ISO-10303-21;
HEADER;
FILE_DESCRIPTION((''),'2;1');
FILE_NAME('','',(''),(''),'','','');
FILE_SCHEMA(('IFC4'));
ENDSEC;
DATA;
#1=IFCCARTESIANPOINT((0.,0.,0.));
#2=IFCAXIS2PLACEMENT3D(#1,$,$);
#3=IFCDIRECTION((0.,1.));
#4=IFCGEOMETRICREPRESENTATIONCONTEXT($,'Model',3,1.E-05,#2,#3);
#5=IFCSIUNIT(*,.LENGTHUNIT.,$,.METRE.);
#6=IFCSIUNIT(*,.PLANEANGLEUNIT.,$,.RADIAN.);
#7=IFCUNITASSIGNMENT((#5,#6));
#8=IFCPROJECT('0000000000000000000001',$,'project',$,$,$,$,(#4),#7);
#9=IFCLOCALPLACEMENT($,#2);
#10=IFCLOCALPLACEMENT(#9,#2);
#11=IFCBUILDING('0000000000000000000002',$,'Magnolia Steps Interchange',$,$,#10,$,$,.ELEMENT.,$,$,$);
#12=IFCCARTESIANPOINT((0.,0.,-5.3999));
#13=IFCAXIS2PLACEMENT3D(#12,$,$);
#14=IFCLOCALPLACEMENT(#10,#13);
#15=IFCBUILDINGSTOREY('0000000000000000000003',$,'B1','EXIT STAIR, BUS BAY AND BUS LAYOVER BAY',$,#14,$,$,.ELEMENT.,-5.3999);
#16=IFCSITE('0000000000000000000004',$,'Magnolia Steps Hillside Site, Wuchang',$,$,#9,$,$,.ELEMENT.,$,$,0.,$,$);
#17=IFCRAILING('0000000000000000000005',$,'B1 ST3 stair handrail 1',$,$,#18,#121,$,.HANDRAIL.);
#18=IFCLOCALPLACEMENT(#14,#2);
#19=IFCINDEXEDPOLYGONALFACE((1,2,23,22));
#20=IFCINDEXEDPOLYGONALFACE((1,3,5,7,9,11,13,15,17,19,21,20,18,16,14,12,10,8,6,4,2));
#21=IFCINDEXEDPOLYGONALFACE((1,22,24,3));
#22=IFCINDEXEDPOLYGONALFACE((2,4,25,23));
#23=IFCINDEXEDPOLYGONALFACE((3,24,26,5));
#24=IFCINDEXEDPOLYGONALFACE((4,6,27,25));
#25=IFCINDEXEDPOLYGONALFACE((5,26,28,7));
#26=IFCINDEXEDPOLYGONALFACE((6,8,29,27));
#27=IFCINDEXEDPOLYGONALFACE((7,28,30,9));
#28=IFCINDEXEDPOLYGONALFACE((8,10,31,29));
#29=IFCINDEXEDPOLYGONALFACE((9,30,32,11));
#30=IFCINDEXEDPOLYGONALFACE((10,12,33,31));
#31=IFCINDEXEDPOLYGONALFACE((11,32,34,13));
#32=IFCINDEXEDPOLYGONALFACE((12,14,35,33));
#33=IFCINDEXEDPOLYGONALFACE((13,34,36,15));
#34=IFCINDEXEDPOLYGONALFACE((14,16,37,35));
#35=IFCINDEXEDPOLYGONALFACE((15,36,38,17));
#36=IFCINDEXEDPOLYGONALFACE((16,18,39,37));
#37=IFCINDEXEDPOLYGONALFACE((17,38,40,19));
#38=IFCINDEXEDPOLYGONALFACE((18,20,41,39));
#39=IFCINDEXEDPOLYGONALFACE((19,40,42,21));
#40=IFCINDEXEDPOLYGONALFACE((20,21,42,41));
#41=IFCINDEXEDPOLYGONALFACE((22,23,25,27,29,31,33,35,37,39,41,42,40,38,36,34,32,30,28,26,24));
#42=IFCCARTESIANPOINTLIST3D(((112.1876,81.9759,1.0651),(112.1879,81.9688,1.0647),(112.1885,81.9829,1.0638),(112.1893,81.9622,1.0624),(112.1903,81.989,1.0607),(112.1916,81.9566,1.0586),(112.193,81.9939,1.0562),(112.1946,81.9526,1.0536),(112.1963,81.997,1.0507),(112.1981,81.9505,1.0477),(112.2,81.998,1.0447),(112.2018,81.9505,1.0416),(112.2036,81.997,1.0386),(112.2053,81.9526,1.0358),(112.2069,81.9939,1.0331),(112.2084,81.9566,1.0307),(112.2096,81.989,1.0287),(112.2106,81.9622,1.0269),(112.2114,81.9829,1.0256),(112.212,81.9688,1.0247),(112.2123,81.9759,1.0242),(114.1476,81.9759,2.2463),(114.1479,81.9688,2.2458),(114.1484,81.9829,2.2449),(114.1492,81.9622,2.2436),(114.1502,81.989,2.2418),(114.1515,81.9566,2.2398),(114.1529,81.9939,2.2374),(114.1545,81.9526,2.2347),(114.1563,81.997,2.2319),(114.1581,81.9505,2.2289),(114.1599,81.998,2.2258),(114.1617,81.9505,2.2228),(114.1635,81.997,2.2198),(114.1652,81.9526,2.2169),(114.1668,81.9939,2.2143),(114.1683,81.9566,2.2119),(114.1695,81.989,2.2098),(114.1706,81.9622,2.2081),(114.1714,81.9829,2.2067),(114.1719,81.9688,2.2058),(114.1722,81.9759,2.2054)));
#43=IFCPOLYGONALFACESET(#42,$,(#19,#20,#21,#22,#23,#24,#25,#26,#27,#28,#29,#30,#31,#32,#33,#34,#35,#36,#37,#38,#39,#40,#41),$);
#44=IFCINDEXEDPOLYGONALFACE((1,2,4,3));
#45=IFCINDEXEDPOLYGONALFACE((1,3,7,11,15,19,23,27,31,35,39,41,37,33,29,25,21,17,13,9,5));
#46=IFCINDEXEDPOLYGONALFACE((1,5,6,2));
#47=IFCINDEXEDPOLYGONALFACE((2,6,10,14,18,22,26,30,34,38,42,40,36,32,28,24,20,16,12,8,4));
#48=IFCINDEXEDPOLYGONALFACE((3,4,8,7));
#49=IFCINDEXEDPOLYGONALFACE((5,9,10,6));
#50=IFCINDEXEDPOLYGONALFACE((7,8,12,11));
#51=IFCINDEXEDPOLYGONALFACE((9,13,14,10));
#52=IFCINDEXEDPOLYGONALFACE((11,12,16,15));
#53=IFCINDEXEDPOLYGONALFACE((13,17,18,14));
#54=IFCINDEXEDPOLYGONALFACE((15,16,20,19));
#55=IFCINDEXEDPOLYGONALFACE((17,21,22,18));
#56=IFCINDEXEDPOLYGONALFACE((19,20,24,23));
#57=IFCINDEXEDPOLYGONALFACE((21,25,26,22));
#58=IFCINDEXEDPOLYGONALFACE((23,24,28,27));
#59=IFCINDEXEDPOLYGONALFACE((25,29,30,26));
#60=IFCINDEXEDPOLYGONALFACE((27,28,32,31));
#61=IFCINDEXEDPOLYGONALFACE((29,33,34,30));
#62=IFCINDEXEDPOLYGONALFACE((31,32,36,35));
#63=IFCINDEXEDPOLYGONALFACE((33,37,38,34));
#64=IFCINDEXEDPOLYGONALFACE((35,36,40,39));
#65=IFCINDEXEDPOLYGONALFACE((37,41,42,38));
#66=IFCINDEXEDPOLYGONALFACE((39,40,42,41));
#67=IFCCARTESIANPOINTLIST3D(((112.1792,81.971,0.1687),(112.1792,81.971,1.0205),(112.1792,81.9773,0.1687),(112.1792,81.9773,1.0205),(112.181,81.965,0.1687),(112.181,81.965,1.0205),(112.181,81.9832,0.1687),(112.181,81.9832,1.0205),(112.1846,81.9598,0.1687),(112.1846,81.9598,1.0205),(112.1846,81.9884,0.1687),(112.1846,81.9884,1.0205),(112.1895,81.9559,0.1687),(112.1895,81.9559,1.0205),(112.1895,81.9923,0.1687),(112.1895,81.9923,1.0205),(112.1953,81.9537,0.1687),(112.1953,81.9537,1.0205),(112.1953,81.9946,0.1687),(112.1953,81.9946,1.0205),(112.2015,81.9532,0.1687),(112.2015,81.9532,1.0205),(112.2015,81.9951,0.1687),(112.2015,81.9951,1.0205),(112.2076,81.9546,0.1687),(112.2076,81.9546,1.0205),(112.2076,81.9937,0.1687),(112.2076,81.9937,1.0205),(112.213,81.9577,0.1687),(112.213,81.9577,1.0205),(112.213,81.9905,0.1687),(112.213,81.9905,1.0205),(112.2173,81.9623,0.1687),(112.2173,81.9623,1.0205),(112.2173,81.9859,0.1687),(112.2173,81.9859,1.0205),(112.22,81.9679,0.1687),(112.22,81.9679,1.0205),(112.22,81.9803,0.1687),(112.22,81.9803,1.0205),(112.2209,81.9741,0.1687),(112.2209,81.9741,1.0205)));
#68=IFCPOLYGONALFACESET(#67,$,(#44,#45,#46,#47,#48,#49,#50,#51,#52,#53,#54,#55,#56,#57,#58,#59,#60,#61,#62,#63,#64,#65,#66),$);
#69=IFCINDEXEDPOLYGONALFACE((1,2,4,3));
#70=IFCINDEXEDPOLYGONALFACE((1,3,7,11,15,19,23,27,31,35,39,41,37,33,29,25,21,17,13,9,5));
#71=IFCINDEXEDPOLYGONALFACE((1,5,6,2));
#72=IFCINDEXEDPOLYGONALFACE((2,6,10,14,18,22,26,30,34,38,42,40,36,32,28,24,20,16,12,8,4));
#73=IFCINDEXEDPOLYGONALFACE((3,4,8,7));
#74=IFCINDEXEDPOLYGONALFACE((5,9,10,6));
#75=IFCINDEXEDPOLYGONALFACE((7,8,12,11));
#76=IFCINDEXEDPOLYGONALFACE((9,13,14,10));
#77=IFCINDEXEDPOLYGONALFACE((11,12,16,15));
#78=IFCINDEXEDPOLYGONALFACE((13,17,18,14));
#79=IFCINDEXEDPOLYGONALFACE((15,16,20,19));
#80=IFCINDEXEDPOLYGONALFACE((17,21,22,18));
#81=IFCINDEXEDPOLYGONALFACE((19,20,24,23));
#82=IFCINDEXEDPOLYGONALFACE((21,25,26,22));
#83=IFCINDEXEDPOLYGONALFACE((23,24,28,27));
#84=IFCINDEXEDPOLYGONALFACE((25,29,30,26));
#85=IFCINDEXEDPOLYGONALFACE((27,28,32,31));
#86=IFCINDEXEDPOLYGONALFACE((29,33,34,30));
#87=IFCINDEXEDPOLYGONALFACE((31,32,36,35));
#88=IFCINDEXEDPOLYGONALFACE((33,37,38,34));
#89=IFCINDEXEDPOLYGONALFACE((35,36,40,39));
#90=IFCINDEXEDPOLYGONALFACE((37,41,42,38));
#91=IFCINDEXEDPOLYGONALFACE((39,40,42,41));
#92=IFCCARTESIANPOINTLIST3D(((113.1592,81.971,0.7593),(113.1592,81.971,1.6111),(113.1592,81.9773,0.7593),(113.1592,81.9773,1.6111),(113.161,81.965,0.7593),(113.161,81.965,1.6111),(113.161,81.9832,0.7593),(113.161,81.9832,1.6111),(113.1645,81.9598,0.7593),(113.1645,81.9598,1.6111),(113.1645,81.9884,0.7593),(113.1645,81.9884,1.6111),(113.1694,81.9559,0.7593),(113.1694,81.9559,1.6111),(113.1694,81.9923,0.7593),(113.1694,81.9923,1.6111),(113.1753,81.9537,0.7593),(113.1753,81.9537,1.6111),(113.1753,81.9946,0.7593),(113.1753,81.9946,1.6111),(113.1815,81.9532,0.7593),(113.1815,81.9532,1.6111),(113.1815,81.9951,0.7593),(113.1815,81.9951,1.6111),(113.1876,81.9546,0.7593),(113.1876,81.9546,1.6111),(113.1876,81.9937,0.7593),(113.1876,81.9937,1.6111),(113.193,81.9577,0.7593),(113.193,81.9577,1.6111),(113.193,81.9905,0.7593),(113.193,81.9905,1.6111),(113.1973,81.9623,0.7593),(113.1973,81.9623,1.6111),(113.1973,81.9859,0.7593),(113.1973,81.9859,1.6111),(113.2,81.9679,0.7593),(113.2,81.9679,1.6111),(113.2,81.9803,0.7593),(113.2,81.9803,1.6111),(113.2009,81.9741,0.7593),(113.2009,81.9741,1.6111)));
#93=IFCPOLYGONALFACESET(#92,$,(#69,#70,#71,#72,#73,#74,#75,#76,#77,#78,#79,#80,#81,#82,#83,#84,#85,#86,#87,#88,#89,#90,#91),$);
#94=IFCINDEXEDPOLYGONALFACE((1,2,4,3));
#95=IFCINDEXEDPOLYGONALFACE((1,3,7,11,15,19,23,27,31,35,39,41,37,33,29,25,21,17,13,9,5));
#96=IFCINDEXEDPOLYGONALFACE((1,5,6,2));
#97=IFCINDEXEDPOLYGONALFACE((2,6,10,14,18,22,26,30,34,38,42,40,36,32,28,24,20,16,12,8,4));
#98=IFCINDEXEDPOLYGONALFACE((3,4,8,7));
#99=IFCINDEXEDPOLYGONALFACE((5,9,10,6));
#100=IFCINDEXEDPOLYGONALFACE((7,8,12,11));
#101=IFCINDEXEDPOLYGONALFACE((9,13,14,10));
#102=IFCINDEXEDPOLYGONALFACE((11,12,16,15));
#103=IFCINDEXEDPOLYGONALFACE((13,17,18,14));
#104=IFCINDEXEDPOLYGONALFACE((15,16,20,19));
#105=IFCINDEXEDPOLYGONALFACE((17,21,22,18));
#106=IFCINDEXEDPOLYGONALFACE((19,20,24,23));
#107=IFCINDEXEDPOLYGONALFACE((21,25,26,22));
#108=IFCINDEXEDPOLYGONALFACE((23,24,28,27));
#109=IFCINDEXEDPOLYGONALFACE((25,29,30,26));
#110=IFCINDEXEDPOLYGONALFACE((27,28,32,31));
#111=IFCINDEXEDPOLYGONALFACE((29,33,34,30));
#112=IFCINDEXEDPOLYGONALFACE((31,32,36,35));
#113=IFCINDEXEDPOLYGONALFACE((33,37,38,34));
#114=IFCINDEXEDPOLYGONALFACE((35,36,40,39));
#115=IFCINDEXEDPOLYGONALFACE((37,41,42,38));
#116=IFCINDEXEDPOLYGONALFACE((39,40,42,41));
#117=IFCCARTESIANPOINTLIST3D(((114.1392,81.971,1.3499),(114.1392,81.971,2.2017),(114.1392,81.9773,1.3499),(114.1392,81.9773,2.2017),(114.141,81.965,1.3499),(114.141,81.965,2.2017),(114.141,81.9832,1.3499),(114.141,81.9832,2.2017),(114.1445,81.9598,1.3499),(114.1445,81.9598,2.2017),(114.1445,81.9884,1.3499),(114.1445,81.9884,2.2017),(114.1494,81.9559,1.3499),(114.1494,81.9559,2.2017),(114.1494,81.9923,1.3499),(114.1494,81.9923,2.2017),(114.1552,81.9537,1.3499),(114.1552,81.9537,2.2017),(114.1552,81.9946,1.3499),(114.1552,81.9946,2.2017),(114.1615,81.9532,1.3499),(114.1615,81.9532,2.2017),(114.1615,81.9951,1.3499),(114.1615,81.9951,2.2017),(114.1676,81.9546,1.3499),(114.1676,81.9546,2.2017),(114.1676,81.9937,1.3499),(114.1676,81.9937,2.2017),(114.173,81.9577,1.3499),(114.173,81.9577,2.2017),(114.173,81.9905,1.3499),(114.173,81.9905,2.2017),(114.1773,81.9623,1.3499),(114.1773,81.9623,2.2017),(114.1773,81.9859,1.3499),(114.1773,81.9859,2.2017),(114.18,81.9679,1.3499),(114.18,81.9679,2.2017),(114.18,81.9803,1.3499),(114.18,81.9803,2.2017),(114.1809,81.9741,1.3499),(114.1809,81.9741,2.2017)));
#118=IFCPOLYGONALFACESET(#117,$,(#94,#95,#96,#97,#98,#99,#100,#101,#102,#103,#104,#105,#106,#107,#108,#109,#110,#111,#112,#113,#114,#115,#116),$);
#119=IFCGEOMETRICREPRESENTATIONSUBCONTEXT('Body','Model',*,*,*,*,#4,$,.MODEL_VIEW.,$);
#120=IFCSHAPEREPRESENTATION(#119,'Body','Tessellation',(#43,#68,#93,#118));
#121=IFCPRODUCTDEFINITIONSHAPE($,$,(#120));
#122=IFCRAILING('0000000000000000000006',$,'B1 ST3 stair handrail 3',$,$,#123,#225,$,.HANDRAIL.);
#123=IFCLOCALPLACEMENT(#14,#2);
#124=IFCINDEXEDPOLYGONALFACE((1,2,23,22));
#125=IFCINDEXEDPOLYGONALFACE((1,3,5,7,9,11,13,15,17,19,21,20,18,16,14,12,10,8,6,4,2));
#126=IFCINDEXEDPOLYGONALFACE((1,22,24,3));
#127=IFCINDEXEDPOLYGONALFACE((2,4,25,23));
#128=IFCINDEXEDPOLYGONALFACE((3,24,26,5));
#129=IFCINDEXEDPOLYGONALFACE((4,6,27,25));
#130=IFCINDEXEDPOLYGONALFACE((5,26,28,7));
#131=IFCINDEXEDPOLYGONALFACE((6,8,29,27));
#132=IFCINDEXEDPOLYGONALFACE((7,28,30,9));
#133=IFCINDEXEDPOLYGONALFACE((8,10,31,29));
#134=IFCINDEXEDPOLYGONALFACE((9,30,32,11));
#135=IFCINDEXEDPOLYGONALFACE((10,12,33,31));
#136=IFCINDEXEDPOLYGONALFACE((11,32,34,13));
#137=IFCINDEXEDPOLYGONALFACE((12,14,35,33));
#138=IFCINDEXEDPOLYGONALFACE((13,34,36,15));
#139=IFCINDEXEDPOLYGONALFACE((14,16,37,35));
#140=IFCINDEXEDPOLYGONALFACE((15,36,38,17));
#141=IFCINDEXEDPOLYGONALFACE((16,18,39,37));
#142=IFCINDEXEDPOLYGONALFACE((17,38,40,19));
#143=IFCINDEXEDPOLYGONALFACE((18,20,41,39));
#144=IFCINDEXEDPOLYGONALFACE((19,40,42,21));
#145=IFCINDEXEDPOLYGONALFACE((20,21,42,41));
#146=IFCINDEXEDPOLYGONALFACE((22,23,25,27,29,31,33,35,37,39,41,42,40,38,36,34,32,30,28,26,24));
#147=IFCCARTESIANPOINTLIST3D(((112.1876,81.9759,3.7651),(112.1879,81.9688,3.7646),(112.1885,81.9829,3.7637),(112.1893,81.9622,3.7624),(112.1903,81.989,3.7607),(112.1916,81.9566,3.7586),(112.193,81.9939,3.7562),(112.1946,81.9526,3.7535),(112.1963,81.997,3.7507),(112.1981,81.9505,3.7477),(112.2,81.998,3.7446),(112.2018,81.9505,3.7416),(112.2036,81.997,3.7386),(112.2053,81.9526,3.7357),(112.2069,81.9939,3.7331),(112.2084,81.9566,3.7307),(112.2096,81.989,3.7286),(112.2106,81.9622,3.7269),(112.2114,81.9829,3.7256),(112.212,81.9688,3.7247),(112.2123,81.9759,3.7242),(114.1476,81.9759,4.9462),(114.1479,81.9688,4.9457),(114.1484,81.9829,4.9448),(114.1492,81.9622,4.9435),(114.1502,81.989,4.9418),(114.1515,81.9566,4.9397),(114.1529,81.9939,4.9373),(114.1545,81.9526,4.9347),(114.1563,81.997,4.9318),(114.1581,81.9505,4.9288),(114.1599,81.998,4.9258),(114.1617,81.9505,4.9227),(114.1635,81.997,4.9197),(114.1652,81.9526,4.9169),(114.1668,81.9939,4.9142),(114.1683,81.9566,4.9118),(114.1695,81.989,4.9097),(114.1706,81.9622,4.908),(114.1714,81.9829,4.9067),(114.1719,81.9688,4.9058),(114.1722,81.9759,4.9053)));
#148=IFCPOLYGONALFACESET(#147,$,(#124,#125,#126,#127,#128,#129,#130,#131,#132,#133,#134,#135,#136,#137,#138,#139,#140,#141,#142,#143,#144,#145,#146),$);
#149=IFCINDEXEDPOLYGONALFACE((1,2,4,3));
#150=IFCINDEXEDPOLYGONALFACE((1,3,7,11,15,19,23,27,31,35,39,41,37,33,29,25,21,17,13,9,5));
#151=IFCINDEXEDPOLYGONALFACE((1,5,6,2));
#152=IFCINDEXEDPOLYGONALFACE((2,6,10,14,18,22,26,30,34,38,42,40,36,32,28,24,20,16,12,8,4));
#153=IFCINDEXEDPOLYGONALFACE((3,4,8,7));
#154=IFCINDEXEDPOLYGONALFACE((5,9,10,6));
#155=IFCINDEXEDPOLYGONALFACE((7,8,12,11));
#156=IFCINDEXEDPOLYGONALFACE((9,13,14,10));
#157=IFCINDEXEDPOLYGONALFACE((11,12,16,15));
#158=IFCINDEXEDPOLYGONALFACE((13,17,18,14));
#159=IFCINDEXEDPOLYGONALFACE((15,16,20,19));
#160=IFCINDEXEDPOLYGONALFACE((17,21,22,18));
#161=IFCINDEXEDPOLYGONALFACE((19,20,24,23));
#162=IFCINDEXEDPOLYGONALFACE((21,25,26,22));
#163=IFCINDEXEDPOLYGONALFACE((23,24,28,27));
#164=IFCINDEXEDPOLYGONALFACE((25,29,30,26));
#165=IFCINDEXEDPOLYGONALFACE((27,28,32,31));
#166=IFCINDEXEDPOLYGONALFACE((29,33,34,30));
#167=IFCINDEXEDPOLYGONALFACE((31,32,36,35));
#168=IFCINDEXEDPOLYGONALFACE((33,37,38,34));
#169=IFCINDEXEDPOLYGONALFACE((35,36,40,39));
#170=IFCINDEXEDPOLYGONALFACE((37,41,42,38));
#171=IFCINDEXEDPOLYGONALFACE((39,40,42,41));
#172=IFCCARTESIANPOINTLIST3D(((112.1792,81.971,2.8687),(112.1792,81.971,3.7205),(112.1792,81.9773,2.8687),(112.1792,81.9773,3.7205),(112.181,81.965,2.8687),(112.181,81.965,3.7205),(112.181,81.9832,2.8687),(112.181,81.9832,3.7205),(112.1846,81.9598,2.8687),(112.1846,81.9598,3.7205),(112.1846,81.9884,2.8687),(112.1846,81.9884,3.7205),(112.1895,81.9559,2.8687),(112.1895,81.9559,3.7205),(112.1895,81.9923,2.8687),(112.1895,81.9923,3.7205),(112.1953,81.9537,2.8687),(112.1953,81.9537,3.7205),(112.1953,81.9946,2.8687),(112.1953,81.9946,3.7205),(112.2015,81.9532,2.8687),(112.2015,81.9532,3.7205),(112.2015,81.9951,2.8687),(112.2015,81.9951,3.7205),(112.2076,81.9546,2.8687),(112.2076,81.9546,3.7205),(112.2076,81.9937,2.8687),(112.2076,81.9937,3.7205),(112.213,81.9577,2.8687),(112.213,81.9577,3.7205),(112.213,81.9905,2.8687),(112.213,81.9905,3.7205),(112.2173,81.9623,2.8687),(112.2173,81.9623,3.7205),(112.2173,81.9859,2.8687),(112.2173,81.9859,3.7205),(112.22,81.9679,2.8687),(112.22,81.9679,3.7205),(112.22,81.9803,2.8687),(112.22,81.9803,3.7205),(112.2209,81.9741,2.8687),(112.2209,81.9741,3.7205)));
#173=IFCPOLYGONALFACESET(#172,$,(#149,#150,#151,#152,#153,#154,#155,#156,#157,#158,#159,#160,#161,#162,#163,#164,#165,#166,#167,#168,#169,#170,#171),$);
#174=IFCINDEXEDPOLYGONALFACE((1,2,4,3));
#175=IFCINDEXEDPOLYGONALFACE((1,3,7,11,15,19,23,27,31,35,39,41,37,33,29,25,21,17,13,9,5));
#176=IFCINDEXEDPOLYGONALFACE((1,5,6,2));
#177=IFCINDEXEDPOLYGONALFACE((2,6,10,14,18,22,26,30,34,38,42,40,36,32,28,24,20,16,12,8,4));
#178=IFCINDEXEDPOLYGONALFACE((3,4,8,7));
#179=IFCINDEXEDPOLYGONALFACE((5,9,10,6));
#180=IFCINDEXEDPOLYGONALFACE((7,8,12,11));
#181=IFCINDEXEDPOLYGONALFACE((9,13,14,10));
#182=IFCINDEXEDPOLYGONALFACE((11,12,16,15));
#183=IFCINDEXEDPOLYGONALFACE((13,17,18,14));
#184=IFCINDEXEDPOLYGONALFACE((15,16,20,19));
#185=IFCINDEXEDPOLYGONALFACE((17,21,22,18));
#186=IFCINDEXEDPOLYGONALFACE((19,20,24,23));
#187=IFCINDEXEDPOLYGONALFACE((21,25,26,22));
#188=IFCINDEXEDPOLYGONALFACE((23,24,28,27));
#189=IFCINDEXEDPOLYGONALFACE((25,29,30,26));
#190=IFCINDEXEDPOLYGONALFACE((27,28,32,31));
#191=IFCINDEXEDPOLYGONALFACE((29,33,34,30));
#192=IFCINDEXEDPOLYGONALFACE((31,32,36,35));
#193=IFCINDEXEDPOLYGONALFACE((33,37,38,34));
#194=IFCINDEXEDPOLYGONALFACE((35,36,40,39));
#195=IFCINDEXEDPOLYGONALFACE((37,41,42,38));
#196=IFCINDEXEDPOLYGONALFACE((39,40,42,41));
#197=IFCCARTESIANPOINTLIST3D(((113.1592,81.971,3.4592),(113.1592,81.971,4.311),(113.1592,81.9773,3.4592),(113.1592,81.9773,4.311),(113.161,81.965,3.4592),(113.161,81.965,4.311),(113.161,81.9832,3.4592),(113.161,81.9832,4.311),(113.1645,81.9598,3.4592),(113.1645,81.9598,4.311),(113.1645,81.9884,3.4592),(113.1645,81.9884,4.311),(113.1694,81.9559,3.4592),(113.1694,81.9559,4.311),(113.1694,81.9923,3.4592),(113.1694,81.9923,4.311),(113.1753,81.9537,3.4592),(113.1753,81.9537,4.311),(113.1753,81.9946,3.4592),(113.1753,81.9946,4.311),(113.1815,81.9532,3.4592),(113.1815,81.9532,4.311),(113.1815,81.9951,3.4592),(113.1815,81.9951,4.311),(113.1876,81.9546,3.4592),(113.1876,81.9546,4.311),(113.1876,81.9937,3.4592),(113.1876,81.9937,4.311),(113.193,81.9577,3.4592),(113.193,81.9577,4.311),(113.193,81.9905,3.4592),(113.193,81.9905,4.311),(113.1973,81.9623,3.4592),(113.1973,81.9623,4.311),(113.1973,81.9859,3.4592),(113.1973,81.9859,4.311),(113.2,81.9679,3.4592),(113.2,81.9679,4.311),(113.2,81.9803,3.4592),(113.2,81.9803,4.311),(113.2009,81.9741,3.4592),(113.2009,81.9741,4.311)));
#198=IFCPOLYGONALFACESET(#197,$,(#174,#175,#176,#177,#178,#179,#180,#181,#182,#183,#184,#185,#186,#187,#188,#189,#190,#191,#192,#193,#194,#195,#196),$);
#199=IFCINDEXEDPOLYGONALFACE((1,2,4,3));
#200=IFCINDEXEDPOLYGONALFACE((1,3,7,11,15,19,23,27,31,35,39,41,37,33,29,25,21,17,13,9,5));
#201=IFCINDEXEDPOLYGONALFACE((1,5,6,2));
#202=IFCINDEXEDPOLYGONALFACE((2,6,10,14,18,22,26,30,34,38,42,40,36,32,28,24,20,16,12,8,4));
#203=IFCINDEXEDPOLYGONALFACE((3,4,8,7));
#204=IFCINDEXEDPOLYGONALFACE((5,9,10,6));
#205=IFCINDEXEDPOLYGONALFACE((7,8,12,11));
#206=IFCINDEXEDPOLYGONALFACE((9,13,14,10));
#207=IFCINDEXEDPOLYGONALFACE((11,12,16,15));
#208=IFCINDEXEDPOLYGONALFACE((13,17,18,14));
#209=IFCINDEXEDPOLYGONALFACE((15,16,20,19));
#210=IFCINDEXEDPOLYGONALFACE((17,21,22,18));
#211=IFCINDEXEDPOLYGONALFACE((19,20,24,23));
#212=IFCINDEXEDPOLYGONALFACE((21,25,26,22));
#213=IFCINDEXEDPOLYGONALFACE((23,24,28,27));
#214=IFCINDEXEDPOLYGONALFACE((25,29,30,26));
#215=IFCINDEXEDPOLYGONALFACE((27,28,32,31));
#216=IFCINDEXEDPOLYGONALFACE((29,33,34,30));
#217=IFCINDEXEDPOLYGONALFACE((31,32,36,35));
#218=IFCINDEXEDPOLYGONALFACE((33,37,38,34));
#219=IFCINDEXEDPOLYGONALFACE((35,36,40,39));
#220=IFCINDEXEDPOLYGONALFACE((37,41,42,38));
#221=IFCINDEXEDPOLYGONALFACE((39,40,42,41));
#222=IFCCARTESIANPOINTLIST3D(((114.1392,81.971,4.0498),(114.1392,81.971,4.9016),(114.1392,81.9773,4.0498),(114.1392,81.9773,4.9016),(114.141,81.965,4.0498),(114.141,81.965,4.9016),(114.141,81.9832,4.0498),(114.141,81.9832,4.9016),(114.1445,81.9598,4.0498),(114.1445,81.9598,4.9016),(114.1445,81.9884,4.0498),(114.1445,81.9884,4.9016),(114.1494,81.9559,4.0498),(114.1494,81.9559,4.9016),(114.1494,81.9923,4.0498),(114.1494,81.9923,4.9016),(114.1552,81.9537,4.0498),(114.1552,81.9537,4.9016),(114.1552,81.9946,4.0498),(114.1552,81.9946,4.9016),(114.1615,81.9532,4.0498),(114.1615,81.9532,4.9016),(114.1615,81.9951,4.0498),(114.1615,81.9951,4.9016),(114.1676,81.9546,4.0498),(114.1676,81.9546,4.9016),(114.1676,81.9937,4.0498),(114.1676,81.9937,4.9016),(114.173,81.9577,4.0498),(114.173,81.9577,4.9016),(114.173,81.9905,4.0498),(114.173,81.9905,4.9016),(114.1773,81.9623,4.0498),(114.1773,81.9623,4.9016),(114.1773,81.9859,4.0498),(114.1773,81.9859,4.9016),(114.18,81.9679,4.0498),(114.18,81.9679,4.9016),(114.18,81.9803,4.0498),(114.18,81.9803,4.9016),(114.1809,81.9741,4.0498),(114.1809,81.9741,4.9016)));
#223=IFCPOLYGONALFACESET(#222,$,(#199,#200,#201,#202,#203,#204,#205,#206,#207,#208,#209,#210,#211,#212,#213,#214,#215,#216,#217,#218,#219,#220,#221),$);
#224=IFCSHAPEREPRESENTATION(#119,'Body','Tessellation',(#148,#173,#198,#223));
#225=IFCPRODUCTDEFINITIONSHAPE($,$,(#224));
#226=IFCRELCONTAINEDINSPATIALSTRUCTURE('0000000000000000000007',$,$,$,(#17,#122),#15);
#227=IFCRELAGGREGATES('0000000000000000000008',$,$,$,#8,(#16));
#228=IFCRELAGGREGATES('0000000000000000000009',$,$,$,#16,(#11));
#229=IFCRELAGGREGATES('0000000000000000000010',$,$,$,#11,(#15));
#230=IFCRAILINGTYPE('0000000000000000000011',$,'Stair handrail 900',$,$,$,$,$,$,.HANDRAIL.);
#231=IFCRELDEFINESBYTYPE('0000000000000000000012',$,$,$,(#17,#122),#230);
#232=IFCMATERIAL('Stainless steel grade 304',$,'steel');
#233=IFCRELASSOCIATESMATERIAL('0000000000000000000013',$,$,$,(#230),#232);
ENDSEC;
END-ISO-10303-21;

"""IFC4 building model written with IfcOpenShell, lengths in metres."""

from ifc_helpers import new_model, si_unit, direction, frame, origin, origin_2d, place, context, subcontext, project, spatial, circle, extrude, material, type_object, element, save


model = new_model("IFC4")

# Units and contexts
model_context = context("Model", 3, precision=1e-05, world=origin(), true_north=direction((0.0, 1.0)))
body_context = subcontext(model_context, "Body", "Model", "MODEL_VIEW")
ifc_project = project(units=[si_unit("LENGTHUNIT", "METRE"), si_unit("PLANEANGLEUNIT", "RADIAN")], contexts=[model_context])

# Site, building, storey
site_placement = place(None, origin())
site = spatial("IfcSite", under=ifc_project, at=site_placement, Name="Magnolia Steps Hillside Site, Wuchang", CompositionType="ELEMENT", RefElevation=0.0)
building_placement = place(site_placement, origin())
building = spatial("IfcBuilding", under=site, at=building_placement, Name="Magnolia Steps Interchange", CompositionType="ELEMENT")
storey_placement = place(building_placement, frame((0.0, 0.0, -5.3999)))
storey = spatial("IfcBuildingStorey", under=building, at=storey_placement, Name="B1", Description="EXIT STAIR, BUS BAY AND BUS LAYOVER BAY", CompositionType="ELEMENT", Elevation=-5.3999)

# Railings
ifc_material_1 = material(Name="Stainless steel grade 304", Category="steel")
railing_type_1 = type_object("IfcRailingType", Name="Stair handrail 900", PredefinedType="HANDRAIL", material=ifc_material_1)
for number, where, name in (
    (1, (112.2, 81.9741, 0.1687), "B1 ST3 stair handrail 1"),
    (2, (112.2, 81.9741, 2.8687), "B1 ST3 stair handrail 3"),
):
    element("IfcRailing", number, at=place(storey_placement, frame(where)), inside=storey, type_object=railing_type_1, Name=name, PredefinedType="HANDRAIL", context=body_context, shape_type="SweptSolid", body=[
        extrude(circle(Radius=0.0239, at=origin_2d()), frame((0.0, 0.0, 0.876), z_axis=(0.856493, 0.0, 0.516158), x_axis=(0.0, 1.0, 0.0)), (0.0, 0.0, 1.0), 2.2883),
        extrude(circle(Radius=0.021, at=origin_2d()), origin(), (0.0, 0.0, 1.0), 0.8518),
        extrude(circle(Radius=0.021, at=origin_2d()), frame((0.98, 0.0, 0.5906)), (0.0, 0.0, 1.0), 0.8518),
        extrude(circle(Radius=0.021, at=origin_2d()), frame((1.96, 0.0, 1.1812)), (0.0, 0.0, 1.0), 0.8518),
    ])

save(model, "model.ifc")
